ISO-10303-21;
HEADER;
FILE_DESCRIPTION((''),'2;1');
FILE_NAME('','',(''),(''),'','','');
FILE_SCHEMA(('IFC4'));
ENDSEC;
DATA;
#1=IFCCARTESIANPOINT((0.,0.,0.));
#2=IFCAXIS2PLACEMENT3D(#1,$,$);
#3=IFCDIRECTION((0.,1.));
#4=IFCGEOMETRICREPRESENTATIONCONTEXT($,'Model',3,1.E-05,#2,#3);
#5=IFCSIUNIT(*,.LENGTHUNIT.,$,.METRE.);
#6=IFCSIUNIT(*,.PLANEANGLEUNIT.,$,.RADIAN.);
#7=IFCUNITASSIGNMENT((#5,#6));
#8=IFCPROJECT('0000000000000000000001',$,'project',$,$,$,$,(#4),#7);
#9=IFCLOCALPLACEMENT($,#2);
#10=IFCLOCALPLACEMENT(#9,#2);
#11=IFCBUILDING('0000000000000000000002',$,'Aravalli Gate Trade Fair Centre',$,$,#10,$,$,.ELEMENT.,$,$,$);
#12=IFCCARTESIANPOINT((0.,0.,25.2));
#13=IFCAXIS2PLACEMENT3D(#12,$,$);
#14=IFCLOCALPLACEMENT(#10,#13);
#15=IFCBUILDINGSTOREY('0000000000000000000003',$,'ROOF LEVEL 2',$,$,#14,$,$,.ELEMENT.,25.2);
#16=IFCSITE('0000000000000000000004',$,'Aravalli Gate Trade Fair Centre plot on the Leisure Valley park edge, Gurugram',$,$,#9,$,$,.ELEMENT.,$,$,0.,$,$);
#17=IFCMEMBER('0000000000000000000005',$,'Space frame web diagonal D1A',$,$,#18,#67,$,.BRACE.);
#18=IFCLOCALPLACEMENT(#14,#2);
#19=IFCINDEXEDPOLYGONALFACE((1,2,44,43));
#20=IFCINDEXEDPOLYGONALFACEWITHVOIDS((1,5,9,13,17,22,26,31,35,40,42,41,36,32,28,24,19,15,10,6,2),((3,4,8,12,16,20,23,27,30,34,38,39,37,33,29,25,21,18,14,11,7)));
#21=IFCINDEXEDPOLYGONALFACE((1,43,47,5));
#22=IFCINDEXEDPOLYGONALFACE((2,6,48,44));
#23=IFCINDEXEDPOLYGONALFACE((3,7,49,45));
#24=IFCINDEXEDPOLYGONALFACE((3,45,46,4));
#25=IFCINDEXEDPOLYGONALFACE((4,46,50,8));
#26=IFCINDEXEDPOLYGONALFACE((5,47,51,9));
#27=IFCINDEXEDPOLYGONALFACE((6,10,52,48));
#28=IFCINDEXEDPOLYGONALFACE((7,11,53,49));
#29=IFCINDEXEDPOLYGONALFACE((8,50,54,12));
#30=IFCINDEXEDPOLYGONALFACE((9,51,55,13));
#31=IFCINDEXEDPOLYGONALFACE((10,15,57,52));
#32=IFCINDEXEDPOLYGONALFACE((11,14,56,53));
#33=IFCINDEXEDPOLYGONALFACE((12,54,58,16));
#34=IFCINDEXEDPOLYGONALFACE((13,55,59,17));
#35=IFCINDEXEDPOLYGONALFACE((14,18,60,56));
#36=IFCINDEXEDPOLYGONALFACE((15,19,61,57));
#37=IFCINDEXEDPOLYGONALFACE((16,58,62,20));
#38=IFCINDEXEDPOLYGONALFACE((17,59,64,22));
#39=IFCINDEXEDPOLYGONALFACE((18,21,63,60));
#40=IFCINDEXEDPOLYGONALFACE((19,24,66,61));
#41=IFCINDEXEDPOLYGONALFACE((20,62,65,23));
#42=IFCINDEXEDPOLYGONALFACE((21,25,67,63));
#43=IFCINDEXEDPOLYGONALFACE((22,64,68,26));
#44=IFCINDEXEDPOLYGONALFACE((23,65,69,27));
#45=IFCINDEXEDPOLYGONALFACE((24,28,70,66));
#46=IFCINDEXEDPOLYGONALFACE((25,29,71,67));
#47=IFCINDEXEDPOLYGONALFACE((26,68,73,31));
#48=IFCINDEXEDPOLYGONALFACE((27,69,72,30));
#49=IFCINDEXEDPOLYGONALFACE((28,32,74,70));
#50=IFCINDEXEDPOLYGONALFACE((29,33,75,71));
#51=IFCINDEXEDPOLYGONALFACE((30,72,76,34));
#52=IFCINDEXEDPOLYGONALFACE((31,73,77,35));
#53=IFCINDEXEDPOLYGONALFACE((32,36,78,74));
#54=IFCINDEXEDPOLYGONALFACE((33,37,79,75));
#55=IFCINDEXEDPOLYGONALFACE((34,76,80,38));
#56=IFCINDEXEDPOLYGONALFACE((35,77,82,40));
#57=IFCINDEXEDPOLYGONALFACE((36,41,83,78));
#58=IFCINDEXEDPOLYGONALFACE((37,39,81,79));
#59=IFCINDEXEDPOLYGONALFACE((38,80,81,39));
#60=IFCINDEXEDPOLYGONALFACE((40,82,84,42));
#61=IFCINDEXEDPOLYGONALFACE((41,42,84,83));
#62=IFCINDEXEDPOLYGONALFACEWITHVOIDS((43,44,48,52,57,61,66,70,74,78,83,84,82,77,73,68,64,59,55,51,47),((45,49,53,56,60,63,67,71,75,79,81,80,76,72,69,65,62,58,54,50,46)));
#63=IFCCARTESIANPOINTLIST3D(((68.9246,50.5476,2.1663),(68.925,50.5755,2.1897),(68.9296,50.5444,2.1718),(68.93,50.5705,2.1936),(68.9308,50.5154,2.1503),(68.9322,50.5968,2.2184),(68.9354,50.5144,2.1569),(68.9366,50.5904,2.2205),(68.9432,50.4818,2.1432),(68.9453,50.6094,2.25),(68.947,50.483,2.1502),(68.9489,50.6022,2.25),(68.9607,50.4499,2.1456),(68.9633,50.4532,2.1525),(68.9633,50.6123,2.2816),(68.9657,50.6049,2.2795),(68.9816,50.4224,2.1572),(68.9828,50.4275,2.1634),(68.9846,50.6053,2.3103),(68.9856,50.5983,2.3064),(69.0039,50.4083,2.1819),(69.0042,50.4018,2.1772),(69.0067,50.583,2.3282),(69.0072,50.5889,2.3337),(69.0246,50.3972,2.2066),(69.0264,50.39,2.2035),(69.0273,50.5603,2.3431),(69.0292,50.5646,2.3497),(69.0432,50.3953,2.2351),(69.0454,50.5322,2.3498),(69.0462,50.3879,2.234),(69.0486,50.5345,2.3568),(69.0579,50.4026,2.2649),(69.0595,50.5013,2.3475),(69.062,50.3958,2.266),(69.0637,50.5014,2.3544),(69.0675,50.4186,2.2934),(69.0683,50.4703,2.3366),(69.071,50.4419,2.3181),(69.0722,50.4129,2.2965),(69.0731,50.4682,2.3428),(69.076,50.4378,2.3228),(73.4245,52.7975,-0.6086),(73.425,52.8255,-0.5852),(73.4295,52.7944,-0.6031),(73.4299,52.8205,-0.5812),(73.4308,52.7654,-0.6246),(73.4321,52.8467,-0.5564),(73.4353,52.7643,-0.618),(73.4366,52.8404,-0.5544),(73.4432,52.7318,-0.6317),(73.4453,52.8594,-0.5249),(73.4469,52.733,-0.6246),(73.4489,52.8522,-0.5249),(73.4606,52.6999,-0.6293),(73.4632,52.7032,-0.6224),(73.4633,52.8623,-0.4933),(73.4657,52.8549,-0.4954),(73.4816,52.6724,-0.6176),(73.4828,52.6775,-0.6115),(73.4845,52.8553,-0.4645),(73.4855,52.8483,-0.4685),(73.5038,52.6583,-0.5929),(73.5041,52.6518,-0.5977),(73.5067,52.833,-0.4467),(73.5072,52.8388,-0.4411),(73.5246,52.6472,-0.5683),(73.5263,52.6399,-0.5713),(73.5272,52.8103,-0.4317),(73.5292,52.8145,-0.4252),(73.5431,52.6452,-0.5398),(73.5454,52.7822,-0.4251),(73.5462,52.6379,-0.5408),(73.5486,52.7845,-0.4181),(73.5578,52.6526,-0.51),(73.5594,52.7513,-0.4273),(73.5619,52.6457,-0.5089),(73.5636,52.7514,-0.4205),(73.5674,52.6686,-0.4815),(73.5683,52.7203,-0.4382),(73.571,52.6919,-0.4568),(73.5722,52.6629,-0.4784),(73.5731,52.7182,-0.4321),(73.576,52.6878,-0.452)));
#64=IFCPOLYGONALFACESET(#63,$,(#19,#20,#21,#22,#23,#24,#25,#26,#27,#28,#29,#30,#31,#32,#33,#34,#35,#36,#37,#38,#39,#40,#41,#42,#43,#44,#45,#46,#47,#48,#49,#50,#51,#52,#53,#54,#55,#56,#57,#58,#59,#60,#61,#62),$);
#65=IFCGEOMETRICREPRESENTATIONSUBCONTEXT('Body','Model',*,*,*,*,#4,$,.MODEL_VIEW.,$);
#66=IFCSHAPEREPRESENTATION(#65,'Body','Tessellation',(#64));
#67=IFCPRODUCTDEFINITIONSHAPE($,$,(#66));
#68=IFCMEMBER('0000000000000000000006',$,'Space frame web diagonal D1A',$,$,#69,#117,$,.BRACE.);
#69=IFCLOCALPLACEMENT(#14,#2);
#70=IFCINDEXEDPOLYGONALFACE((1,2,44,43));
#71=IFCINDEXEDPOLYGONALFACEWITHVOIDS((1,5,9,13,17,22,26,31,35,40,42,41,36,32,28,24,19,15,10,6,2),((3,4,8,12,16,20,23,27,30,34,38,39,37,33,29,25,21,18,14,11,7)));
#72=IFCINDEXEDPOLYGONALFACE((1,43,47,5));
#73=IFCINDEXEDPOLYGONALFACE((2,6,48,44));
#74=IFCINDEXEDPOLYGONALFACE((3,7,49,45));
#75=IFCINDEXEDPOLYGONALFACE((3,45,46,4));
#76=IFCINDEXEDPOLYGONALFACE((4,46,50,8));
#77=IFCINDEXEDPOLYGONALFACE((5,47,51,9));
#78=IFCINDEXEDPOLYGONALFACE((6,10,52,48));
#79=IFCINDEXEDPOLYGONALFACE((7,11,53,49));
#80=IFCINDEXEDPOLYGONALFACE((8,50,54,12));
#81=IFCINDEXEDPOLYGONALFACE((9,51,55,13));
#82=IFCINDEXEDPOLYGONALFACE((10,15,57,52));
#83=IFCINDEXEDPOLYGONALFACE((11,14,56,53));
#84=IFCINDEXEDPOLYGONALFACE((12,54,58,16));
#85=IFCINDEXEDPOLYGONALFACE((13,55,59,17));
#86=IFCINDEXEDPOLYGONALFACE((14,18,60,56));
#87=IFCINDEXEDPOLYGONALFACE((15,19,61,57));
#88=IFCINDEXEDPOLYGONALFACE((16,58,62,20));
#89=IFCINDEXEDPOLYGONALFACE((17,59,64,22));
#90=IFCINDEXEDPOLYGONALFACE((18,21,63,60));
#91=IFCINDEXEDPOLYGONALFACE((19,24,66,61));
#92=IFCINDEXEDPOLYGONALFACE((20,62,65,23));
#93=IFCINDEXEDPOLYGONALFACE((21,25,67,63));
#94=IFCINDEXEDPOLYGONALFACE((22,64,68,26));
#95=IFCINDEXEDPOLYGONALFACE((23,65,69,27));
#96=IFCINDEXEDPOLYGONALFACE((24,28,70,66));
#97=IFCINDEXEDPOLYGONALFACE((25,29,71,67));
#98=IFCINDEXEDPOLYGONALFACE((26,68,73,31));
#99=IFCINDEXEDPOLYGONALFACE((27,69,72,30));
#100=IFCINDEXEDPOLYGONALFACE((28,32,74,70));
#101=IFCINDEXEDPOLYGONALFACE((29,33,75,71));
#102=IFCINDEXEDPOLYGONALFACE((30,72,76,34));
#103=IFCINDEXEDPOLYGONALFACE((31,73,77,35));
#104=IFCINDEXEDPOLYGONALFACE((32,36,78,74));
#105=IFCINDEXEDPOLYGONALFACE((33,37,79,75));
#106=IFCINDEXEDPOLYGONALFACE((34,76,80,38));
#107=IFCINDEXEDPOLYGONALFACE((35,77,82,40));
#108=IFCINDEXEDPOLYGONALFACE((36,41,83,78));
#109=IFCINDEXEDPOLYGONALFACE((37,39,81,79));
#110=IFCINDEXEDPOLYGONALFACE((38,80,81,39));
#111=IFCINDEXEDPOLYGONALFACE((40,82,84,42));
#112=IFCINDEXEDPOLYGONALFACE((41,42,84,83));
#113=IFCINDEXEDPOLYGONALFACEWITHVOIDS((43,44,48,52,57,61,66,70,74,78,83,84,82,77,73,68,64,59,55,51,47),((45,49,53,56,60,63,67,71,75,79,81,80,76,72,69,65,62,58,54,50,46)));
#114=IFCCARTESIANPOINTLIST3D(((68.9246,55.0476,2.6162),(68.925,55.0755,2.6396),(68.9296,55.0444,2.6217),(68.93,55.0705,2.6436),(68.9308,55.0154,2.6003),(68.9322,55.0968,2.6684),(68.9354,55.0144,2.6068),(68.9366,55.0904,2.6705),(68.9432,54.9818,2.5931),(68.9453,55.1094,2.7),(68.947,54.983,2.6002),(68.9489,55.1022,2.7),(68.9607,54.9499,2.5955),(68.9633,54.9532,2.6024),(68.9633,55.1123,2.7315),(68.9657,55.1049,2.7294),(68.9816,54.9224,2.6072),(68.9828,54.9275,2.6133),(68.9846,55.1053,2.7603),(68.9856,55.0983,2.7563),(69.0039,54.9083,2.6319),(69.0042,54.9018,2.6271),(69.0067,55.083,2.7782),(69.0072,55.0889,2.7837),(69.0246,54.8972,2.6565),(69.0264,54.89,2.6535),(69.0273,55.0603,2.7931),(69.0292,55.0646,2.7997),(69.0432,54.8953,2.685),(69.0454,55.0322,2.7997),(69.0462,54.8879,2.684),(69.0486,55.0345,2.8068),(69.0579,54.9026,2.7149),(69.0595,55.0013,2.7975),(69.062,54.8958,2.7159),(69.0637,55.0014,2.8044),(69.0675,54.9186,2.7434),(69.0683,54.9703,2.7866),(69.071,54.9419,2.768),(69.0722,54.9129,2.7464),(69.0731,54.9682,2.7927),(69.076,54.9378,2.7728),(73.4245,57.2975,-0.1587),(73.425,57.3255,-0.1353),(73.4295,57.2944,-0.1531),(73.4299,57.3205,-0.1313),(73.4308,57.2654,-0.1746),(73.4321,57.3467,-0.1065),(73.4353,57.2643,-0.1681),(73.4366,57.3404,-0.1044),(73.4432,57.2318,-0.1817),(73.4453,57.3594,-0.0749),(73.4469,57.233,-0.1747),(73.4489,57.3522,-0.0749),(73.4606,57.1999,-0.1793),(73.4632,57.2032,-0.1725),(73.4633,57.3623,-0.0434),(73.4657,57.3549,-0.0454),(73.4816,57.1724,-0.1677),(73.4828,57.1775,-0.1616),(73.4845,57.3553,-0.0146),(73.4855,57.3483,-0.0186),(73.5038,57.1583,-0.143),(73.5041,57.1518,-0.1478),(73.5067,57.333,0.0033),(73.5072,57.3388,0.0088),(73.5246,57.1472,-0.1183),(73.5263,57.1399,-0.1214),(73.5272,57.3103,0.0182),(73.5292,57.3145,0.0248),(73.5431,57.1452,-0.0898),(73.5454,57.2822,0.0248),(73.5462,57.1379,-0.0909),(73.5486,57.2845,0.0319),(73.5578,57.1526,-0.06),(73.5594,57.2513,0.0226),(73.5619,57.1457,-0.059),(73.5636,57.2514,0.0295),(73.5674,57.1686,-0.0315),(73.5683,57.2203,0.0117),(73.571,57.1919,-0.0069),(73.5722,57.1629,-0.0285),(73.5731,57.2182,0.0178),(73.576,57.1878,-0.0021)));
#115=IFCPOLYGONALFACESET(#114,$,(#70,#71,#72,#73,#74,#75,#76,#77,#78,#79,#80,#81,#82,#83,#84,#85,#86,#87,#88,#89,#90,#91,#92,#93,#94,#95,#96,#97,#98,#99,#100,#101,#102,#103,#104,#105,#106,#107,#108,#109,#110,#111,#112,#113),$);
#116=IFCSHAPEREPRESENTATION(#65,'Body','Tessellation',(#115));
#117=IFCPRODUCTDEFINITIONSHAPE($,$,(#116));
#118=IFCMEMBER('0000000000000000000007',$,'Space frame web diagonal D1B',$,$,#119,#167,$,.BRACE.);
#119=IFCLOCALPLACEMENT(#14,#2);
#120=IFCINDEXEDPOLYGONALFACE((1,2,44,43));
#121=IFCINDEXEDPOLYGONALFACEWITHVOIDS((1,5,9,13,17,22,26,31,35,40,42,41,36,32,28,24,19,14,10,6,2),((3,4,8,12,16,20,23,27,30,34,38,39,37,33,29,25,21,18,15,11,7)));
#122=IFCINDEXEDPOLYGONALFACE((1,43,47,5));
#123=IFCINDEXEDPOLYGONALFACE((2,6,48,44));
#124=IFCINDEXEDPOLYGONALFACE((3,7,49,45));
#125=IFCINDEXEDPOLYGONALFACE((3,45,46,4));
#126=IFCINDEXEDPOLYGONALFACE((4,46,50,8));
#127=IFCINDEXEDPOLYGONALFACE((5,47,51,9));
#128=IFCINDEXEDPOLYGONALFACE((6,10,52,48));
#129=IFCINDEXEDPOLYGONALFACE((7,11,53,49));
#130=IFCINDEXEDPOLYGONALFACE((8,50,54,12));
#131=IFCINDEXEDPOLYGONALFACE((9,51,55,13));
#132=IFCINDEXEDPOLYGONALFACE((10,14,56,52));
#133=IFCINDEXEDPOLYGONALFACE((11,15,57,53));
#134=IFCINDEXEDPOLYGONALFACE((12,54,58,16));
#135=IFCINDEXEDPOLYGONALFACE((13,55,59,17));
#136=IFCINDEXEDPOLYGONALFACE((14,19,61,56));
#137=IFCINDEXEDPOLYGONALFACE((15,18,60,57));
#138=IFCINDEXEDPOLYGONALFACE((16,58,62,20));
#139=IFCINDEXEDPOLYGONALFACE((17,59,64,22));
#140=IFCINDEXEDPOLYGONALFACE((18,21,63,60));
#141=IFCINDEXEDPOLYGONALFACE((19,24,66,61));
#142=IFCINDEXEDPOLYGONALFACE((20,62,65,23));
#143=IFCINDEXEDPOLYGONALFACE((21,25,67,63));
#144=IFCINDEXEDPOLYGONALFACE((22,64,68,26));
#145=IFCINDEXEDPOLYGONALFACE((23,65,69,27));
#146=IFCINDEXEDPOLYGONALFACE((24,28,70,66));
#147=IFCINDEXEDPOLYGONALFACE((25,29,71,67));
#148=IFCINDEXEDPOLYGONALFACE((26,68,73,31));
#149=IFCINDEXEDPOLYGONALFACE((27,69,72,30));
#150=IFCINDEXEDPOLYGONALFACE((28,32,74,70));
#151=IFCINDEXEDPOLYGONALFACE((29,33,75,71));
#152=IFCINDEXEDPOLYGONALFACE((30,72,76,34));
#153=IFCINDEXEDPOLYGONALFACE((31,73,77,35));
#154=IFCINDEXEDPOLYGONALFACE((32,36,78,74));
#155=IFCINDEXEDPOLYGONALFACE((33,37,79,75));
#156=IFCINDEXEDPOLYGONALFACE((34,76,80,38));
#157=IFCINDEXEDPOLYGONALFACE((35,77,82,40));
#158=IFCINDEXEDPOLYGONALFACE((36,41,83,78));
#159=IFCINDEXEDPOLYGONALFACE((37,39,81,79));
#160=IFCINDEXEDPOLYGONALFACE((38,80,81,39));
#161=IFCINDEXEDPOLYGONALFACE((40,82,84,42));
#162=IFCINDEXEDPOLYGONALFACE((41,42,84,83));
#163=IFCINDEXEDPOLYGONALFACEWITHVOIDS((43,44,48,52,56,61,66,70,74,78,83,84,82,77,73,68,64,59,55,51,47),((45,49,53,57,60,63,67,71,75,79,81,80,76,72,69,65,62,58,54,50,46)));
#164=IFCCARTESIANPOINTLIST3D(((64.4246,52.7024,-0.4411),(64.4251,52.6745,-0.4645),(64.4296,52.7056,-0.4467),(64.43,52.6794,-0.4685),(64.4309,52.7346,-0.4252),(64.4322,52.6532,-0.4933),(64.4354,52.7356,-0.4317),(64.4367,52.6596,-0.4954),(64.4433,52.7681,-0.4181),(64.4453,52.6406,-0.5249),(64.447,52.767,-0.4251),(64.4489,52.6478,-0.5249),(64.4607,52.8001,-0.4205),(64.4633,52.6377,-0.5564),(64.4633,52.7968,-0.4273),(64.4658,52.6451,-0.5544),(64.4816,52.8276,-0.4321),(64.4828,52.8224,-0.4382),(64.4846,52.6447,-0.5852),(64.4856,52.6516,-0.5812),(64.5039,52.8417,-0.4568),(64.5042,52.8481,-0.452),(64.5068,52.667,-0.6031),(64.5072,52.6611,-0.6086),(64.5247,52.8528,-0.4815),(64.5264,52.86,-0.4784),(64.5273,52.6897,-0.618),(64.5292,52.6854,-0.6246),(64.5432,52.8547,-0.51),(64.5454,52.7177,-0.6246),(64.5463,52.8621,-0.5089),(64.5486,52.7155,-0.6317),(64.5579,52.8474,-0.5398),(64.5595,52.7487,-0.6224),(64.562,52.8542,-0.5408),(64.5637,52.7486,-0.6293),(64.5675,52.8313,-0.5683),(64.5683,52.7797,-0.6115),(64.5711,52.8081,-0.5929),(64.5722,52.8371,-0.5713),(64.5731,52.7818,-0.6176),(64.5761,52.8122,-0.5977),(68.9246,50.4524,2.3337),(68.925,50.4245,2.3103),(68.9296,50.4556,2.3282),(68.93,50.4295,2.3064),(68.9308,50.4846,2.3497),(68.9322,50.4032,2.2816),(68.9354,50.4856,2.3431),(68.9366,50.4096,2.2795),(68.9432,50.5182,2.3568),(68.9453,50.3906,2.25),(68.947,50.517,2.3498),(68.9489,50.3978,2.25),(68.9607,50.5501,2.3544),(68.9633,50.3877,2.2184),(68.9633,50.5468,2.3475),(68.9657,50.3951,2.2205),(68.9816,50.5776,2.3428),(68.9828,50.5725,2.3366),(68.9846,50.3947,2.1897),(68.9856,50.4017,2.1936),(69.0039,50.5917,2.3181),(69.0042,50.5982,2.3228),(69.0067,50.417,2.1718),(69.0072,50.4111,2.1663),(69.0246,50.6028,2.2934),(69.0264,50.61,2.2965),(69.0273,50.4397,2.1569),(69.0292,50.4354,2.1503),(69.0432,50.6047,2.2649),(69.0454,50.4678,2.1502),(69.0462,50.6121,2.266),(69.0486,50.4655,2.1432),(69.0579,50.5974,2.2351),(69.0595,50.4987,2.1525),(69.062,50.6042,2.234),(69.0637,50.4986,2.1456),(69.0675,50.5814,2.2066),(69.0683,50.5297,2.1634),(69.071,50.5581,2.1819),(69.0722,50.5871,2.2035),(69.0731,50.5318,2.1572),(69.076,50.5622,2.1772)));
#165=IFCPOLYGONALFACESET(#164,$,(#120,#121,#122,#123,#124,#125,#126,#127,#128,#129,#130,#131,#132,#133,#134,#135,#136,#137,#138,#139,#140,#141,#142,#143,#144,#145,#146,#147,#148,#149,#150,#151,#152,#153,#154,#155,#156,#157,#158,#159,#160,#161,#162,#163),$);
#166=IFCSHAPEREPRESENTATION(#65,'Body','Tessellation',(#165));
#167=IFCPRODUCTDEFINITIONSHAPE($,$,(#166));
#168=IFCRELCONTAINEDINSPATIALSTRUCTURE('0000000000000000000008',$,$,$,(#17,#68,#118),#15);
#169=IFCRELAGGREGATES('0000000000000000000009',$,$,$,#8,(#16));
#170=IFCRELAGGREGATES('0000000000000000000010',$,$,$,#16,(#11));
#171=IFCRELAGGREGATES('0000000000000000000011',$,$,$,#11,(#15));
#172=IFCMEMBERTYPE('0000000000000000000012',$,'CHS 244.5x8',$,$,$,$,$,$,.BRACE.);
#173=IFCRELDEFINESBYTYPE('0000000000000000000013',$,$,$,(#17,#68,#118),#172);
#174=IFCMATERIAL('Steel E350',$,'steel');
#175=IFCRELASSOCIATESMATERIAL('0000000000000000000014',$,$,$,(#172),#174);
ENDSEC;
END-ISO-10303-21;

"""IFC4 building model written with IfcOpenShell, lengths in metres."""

from ifc_helpers import new_model, si_unit, direction, frame, origin, origin_2d, place, context, subcontext, project, spatial, hollow_circle, extrude, material, material_profile, profile_set, type_object, element, save


model = new_model("IFC4")

# Units and contexts
model_context = context("Model", 3, precision=1e-05, world=origin(), true_north=direction((0.0, 1.0)))
body_context = subcontext(model_context, "Body", "Model", "MODEL_VIEW")
ifc_project = project(units=[si_unit("LENGTHUNIT", "METRE"), si_unit("PLANEANGLEUNIT", "RADIAN")], contexts=[model_context])

# Site, building, storey
site_placement = place(None, origin())
site = spatial("IfcSite", under=ifc_project, at=site_placement, Name="Aravalli Gate Trade Fair Centre plot on the Leisure Valley park edge, Gurugram", CompositionType="ELEMENT", RefElevation=0.0)
building_placement = place(site_placement, origin())
building = spatial("IfcBuilding", under=site, at=building_placement, Name="Aravalli Gate Trade Fair Centre", CompositionType="ELEMENT")
storey_placement = place(building_placement, frame((0.0, 0.0, 25.2)))
storey = spatial("IfcBuildingStorey", under=building, at=storey_placement, Name="ROOF LEVEL 2", CompositionType="ELEMENT", Elevation=25.2)

# Members
ifc_material = material(Name="Steel E350", Category="steel")
ifc_material_profile_1 = material_profile(ifc_material, hollow_circle(Radius=0.1223, WallThickness=0.0081, at=origin_2d()), Name="CHS 244.5x8")
ifc_profile_set_1 = profile_set([ifc_material_profile_1], Name="Steel E350")
member_type_1 = type_object("IfcMemberType", Name="CHS 244.5x8", PredefinedType="BRACE", material=ifc_profile_set_1)
for number, where, z_axis, x_axis, name in (
    (1, (69.0, 50.5, 2.25), (0.7832, 0.3916, -0.482956), (-0.447214, 0.894427, 0.0), "Space frame web diagonal D1A"),
    (2, (69.0, 55.0, 2.7), (0.7832, 0.3916, -0.482956), (-0.447214, 0.894427, 0.0), "Space frame web diagonal D1A"),
    (3, (69.0, 50.5, 2.25), (-0.7832, 0.3916, -0.482956), (-0.447214, -0.894427, 0.0), "Space frame web diagonal D1B"),
):
    element("IfcMember", number, at=place(storey_placement, frame(where, z_axis=z_axis, x_axis=x_axis)), inside=storey, type_object=member_type_1, Name=name, PredefinedType="BRACE", context=body_context, shape_type="SweptSolid", body=[
        extrude(hollow_circle(Radius=0.1223, WallThickness=0.0081, at=origin_2d()), origin(), (0.0, 0.0, 1.0), 5.7456),
    ])

save(model, "model.ifc")
